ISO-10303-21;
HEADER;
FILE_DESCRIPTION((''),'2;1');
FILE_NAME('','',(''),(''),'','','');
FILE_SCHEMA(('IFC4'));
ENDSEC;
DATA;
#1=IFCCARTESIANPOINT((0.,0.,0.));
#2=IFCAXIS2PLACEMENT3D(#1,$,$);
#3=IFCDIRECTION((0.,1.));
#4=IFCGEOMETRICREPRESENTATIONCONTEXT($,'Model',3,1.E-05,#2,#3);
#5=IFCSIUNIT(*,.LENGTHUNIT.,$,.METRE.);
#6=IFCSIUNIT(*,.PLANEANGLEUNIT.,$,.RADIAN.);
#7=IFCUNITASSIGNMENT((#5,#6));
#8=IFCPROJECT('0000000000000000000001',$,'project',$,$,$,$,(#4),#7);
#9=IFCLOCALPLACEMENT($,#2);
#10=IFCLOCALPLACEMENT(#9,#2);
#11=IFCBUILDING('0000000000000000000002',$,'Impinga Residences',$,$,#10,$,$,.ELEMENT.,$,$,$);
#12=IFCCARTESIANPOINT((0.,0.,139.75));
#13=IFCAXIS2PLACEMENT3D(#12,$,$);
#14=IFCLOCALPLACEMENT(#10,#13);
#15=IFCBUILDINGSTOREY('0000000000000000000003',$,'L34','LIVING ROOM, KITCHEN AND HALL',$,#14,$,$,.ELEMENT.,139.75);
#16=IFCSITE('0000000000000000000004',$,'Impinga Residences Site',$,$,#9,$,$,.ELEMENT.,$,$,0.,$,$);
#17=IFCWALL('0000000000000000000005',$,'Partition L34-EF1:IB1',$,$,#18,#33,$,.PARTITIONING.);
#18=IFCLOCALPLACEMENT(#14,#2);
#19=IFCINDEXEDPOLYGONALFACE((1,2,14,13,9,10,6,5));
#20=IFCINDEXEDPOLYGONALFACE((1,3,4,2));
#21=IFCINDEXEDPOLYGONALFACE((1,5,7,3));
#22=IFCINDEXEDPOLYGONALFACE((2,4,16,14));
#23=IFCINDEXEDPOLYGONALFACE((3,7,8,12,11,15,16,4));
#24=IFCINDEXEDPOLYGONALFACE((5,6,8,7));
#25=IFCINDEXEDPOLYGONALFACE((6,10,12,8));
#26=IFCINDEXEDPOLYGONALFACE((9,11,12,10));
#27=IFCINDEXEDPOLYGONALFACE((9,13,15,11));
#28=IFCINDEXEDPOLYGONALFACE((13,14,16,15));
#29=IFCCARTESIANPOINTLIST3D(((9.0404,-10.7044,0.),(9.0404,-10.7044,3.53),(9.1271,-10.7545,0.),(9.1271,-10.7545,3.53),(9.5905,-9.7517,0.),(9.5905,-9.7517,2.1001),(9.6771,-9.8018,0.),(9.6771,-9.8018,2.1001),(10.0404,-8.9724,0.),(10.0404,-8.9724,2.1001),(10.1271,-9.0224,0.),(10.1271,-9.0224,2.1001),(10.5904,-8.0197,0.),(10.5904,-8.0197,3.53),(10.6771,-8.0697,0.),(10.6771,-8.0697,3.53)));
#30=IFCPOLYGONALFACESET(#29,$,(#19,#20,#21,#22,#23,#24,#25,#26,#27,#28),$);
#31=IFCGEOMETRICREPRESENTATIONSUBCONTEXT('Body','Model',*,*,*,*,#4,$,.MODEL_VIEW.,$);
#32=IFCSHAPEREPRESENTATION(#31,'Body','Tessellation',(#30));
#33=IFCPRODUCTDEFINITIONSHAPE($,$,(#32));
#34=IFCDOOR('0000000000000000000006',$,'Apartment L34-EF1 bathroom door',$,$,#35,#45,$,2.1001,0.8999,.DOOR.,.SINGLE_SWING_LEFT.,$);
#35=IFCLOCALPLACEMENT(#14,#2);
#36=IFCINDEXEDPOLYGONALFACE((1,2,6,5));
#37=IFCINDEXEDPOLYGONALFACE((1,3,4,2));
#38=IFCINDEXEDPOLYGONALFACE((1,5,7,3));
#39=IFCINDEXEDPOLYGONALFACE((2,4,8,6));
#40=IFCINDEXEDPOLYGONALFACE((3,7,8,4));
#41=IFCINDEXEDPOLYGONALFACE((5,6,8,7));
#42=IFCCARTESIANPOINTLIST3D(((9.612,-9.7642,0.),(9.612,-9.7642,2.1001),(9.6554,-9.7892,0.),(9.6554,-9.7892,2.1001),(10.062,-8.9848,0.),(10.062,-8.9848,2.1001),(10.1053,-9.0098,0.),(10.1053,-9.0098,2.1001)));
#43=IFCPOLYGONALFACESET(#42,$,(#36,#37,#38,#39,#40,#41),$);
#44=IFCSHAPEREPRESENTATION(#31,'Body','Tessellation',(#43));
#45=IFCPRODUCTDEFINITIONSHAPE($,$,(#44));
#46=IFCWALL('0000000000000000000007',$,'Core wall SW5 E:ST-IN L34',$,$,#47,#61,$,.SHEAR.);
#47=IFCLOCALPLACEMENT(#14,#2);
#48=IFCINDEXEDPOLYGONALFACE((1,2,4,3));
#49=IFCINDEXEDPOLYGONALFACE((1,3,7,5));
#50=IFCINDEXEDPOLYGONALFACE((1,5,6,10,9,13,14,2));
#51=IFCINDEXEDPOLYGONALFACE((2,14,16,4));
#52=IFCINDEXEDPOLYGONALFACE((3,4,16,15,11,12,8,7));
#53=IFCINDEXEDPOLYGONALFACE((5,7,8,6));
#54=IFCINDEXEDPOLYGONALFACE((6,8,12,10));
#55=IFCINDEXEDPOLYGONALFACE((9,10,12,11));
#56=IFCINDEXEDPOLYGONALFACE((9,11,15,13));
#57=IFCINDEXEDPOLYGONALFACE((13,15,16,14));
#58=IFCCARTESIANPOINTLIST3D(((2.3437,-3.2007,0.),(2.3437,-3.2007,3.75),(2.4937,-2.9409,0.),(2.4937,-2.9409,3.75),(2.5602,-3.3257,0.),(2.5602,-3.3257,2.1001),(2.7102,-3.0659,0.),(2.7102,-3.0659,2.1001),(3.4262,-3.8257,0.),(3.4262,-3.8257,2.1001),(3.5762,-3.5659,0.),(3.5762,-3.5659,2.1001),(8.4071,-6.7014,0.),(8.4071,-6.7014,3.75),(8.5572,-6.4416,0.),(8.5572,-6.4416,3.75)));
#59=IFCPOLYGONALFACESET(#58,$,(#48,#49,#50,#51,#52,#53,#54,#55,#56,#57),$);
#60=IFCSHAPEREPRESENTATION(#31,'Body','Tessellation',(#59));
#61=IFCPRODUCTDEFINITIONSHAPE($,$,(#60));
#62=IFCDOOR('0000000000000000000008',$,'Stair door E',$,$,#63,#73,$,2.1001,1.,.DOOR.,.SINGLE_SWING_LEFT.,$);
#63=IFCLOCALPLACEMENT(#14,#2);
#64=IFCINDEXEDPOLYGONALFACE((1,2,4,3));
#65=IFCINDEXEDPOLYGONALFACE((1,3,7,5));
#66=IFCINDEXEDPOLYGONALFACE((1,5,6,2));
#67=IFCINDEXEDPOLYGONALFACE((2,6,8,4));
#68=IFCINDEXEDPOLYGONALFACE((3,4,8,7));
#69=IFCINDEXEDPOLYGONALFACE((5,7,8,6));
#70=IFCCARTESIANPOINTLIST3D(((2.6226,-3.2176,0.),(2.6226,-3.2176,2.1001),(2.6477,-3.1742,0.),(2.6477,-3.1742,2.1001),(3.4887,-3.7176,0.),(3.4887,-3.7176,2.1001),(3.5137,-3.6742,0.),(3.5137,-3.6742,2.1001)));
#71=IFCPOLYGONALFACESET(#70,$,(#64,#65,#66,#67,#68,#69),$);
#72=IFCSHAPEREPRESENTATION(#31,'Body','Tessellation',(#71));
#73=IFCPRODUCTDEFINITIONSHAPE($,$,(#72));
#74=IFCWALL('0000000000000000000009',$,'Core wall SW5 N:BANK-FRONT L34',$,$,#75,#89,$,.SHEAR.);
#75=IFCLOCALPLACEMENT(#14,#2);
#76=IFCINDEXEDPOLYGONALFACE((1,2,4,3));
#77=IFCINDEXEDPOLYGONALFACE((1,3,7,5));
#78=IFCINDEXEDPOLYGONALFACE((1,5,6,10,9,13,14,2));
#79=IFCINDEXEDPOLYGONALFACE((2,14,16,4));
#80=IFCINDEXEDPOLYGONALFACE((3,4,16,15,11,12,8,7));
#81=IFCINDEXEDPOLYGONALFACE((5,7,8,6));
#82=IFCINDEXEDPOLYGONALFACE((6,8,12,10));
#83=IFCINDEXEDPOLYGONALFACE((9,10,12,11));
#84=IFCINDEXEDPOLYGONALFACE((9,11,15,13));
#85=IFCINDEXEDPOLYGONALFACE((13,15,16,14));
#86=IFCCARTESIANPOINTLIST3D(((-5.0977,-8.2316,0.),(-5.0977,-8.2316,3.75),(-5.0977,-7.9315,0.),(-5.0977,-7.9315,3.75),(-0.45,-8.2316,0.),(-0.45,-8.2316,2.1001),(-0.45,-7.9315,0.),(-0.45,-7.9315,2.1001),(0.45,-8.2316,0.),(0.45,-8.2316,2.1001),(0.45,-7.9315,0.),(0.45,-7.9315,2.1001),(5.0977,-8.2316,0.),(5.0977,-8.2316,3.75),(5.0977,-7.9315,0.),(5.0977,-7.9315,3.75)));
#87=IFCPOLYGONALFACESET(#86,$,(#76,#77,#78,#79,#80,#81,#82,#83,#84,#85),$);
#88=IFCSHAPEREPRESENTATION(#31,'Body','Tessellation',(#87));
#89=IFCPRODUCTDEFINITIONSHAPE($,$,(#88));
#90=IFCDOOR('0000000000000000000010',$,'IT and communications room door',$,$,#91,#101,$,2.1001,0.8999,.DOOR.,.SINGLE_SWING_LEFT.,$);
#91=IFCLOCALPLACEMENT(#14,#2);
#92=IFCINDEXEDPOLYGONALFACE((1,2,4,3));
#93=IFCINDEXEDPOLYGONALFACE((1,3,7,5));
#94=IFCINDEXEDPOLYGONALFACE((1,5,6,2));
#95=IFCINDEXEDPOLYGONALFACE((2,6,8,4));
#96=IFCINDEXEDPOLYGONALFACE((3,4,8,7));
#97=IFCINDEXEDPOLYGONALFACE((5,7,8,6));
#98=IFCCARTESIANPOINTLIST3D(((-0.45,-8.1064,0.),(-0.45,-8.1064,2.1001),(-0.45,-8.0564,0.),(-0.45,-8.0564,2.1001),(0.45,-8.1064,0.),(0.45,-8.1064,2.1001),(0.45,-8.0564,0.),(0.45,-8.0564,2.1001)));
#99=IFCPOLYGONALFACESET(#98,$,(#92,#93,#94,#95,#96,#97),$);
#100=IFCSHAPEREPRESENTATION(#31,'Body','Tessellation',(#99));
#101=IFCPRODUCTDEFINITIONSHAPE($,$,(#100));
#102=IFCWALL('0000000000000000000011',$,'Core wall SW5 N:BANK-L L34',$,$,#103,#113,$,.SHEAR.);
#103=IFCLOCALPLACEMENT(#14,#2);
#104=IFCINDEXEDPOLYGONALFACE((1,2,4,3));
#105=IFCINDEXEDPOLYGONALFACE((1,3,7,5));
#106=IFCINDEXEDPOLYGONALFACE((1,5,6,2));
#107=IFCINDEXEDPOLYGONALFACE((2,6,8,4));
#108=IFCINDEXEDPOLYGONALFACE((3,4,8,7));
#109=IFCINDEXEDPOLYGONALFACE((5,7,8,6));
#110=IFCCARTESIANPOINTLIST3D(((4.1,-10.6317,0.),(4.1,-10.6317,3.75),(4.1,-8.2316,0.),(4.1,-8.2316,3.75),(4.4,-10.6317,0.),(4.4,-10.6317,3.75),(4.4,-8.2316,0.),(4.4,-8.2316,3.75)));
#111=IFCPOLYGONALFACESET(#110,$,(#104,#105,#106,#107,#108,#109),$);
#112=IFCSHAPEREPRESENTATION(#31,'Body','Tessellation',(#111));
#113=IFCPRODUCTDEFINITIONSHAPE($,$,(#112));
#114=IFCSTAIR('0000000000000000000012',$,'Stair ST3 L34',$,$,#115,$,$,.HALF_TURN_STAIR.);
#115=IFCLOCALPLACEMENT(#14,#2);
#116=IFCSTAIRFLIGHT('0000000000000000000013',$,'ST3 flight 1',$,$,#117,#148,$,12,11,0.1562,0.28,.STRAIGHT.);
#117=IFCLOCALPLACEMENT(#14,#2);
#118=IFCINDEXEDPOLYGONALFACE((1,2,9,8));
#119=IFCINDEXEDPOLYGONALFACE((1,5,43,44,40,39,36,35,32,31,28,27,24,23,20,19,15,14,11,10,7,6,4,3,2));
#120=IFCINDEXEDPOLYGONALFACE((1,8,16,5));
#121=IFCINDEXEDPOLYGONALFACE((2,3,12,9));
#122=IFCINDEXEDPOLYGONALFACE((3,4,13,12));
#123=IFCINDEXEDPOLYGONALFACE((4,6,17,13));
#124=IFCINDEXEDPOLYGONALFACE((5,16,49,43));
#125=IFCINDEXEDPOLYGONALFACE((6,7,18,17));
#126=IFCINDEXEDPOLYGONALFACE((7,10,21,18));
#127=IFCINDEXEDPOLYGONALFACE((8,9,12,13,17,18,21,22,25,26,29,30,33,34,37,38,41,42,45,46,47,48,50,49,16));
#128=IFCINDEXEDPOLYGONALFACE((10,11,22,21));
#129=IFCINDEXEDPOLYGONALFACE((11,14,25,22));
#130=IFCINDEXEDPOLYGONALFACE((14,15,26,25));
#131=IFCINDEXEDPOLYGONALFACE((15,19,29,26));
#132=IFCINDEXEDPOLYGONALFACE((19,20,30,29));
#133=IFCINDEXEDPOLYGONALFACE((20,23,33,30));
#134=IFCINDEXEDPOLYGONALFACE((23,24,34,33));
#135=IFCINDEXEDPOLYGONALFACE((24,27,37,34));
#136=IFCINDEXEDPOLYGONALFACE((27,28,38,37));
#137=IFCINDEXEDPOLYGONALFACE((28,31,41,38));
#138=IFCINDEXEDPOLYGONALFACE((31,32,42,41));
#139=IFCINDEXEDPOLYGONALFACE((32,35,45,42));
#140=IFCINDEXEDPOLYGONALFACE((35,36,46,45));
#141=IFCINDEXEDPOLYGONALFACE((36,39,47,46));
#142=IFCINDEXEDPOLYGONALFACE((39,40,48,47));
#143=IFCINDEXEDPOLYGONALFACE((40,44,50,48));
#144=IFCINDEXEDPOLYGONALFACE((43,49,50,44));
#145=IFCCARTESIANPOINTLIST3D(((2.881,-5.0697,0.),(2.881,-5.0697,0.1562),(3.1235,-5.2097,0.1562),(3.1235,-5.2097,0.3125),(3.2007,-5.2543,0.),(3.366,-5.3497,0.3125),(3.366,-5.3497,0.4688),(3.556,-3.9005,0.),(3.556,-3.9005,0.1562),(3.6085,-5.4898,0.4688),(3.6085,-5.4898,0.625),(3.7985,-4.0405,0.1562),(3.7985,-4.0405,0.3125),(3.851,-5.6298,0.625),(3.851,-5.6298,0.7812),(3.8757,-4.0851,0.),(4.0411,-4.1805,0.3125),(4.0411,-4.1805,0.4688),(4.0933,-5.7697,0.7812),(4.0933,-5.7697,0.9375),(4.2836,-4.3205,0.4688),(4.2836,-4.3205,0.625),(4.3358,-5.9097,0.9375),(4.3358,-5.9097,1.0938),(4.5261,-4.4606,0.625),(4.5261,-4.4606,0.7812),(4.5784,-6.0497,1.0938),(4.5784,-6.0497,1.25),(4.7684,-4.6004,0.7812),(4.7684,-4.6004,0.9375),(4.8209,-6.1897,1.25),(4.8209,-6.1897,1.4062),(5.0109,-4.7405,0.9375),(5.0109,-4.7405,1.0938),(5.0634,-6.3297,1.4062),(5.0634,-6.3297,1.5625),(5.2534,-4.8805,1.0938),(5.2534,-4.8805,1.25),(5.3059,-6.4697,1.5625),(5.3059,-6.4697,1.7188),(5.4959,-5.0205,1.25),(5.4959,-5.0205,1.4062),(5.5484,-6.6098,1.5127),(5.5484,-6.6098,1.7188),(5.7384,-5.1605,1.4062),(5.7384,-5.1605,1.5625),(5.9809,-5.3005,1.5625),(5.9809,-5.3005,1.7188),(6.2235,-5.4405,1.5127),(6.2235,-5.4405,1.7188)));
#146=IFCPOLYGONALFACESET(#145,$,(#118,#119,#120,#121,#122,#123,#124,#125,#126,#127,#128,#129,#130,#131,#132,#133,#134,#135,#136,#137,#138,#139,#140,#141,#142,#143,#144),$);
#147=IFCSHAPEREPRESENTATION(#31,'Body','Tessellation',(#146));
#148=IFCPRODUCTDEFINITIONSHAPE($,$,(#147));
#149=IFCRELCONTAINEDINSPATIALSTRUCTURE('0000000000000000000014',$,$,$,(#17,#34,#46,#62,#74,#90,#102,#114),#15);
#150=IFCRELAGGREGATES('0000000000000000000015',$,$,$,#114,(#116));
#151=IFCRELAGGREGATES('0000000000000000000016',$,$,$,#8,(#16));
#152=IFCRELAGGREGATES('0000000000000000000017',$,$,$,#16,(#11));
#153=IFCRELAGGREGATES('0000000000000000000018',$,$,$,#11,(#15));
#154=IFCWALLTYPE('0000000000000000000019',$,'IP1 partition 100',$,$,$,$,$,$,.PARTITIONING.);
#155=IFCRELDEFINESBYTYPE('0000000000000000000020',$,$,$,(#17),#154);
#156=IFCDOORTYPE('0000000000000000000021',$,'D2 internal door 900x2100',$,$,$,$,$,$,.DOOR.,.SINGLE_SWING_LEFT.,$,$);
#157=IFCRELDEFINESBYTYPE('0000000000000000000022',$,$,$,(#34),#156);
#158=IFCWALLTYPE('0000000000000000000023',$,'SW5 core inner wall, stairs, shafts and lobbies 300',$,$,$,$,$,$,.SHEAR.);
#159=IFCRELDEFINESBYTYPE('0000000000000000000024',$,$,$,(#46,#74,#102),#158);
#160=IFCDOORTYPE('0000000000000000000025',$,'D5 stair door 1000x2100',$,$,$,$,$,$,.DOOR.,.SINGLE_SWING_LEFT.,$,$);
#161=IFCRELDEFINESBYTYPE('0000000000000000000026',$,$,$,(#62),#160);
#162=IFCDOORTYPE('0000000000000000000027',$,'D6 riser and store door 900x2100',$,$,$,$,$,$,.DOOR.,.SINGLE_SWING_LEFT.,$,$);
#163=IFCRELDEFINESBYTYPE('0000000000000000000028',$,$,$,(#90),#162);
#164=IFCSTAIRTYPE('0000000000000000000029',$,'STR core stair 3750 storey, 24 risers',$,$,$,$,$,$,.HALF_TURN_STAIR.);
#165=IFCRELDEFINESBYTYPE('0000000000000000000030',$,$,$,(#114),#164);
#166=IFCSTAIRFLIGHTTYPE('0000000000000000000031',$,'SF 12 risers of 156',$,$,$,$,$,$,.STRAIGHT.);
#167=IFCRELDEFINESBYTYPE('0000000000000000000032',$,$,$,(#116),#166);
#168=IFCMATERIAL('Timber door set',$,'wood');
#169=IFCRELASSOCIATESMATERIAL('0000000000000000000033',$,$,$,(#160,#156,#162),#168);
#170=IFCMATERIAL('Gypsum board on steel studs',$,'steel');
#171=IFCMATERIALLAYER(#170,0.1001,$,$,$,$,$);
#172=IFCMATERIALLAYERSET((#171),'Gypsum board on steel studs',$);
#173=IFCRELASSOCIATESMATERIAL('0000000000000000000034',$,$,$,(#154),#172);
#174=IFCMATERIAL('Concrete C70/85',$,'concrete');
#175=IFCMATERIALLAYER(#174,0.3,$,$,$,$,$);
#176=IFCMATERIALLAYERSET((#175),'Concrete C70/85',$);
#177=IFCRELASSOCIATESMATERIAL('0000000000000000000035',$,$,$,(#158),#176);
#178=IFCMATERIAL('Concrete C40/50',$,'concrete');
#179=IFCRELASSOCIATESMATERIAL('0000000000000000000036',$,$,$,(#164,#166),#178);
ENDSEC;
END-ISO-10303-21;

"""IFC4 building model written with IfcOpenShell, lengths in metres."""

from ifc_helpers import new_model, si_unit, direction, frame, frame_2d, origin, place, context, subcontext, project, spatial, polyline, rectangle, outline, extrude, material, layer, layer_set, type_object, element, fill, aggregate, save


model = new_model("IFC4")

# Units and contexts
model_context = context("Model", 3, precision=1e-05, world=origin(), true_north=direction((0.0, 1.0)))
body_context = subcontext(model_context, "Body", "Model", "MODEL_VIEW")
ifc_project = project(units=[si_unit("LENGTHUNIT", "METRE"), si_unit("PLANEANGLEUNIT", "RADIAN")], contexts=[model_context])

# Site, building, storey
site_placement = place(None, origin())
site = spatial("IfcSite", under=ifc_project, at=site_placement, Name="Impinga Residences Site", CompositionType="ELEMENT", RefElevation=0.0)
building_placement = place(site_placement, origin())
building = spatial("IfcBuilding", under=site, at=building_placement, Name="Impinga Residences", CompositionType="ELEMENT")
storey_placement = place(building_placement, frame((0.0, 0.0, 139.75)))
storey = spatial("IfcBuildingStorey", under=building, at=storey_placement, Name="L34", Description="LIVING ROOM, KITCHEN AND HALL", CompositionType="ELEMENT", Elevation=139.75)

# Shared definitions
ifc_material_1 = material(Name="Timber door set", Category="wood")
door_type_1 = type_object("IfcDoorType", Name="D5 stair door 1000x2100", OperationType="SINGLE_SWING_LEFT", PredefinedType="DOOR", material=ifc_material_1)

# Walls, openings, doors
ifc_material_2 = material(Name="Gypsum board on steel studs", Category="steel")
ifc_layer_1 = layer(ifc_material_2, 0.1001)
ifc_layer_set_1 = layer_set([ifc_layer_1], Name="Gypsum board on steel studs")
wall_type_1 = type_object("IfcWallType", Name="IP1 partition 100", PredefinedType="PARTITIONING", material=ifc_layer_set_1)
door_type_2 = type_object("IfcDoorType", Name="D2 internal door 900x2100", OperationType="SINGLE_SWING_LEFT", PredefinedType="DOOR", material=ifc_material_1)
wall_1_placement = place(storey_placement, frame((10.6338, -8.0447, 0.0), z_axis=(0.0, 0.0, 1.0), x_axis=(-0.499993, -0.86603, 0.0)))
wall_1 = element("IfcWall", 1, at=wall_1_placement, inside=storey, type_object=wall_type_1, Name="Partition L34-EF1:IB1", PredefinedType="PARTITIONING", context=body_context, shape_type="SweptSolid", body=[
    extrude(rectangle(XDim=3.1001, YDim=0.1001, at=frame_2d((1.55, 0.0))), origin(), (0.0, 0.0, 1.0), 3.53),
])
opening_1_placement = place(wall_1_placement, frame((1.1001, 0.0, 0.0)))
opening_1 = element("IfcOpeningElement", 2, at=opening_1_placement, cuts=wall_1, PredefinedType="OPENING", context=body_context, shape_type="SweptSolid", body=[
    extrude(rectangle(XDim=0.8999, YDim=2.1001, at=frame_2d((0.45, 1.05))), frame((0.0, 0.0601, 0.0), z_axis=(0.0, -1.0, 0.0), x_axis=(1.0, 0.0, 0.0)), (0.0, 0.0, 1.0), 0.1201),
])
door_1_placement = place(opening_1_placement, origin())
door_1 = element("IfcDoor", 3, at=door_1_placement, inside=storey, type_object=door_type_2, Name="Apartment L34-EF1 bathroom door", OperationType="SINGLE_SWING_LEFT", OverallHeight=2.1001, OverallWidth=0.8999, PredefinedType="DOOR", context=body_context, shape_type="SweptSolid", body=[
    extrude(rectangle(XDim=0.8999, YDim=2.1001, at=frame_2d((0.45, 1.05))), frame((0.0, 0.0249, 0.0), z_axis=(0.0, -1.0, 0.0), x_axis=(1.0, 0.0, 0.0)), (0.0, 0.0, 1.0), 0.05),
])
fill(opening_1, door_1)
ifc_material_3 = material(Name="Concrete C70/85", Category="concrete")
ifc_layer_2 = layer(ifc_material_3, 0.3)
ifc_layer_set_2 = layer_set([ifc_layer_2], Name="Concrete C70/85")
wall_type_2 = type_object("IfcWallType", Name="SW5 core inner wall, stairs, shafts and lobbies 300", PredefinedType="SHEAR", material=ifc_layer_set_2)
wall_2_placement = place(storey_placement, frame((2.4187, -3.0708, 0.0), z_axis=(0.0, 0.0, 1.0), x_axis=(0.866026, -0.499998, 0.0)))
wall_2 = element("IfcWall", 4, at=wall_2_placement, inside=storey, type_object=wall_type_2, Name="Core wall SW5 E:ST-IN L34", PredefinedType="SHEAR", context=body_context, shape_type="SweptSolid", body=[
    extrude(rectangle(XDim=7.0015, YDim=0.3, at=frame_2d((3.5007, 0.0))), origin(), (0.0, 0.0, 1.0), 3.75),
])
opening_2_placement = place(wall_2_placement, frame((0.25, 0.0, 0.0)))
opening_2 = element("IfcOpeningElement", 5, at=opening_2_placement, cuts=wall_2, PredefinedType="OPENING", context=body_context, shape_type="SweptSolid", body=[
    extrude(rectangle(XDim=1.0, YDim=2.1001, at=frame_2d((0.5, 1.05))), frame((0.0, 0.1599, 0.0), z_axis=(0.0, -1.0, 0.0), x_axis=(1.0, 0.0, 0.0)), (0.0, 0.0, 1.0), 0.3201),
])
door_2_placement = place(opening_2_placement, origin())
door_2 = element("IfcDoor", 6, at=door_2_placement, inside=storey, type_object=door_type_1, Name="Stair door E", OperationType="SINGLE_SWING_LEFT", OverallHeight=2.1001, OverallWidth=1.0, PredefinedType="DOOR", context=body_context, shape_type="SweptSolid", body=[
    extrude(rectangle(XDim=1.0, YDim=2.1001, at=frame_2d((0.5, 1.05))), frame((0.0, 0.0249, 0.0), z_axis=(0.0, -1.0, 0.0), x_axis=(1.0, 0.0, 0.0)), (0.0, 0.0, 1.0), 0.05),
])
fill(opening_2, door_2)
wall_3_placement = place(storey_placement, frame((5.0977, -8.0815, 0.0), z_axis=(0.0, 0.0, 1.0), x_axis=(-1.0, 0.0, 0.0)))
wall_3 = element("IfcWall", 7, at=wall_3_placement, inside=storey, type_object=wall_type_2, Name="Core wall SW5 N:BANK-FRONT L34", PredefinedType="SHEAR", context=body_context, shape_type="SweptSolid", body=[
    extrude(rectangle(XDim=10.1953, YDim=0.3, at=frame_2d((5.0977, 0.0))), origin(), (0.0, 0.0, 1.0), 3.75),
])
opening_3_placement = place(wall_3_placement, frame((4.6477, 0.0, 0.0)))
opening_3 = element("IfcOpeningElement", 8, at=opening_3_placement, cuts=wall_3, PredefinedType="OPENING", context=body_context, shape_type="SweptSolid", body=[
    extrude(rectangle(XDim=0.8999, YDim=2.1001, at=frame_2d((0.45, 1.05))), frame((0.0, 0.1599, 0.0), z_axis=(0.0, -1.0, 0.0), x_axis=(1.0, 0.0, 0.0)), (0.0, 0.0, 1.0), 0.3201),
])
door_type_3 = type_object("IfcDoorType", Name="D6 riser and store door 900x2100", OperationType="SINGLE_SWING_LEFT", PredefinedType="DOOR", material=ifc_material_1)
door_3_placement = place(opening_3_placement, origin())
door_3 = element("IfcDoor", 9, at=door_3_placement, inside=storey, type_object=door_type_3, Name="IT and communications room door", OperationType="SINGLE_SWING_LEFT", OverallHeight=2.1001, OverallWidth=0.8999, PredefinedType="DOOR", context=body_context, shape_type="SweptSolid", body=[
    extrude(rectangle(XDim=0.8999, YDim=2.1001, at=frame_2d((0.45, 1.05))), frame((0.0, 0.0249, 0.0), z_axis=(0.0, -1.0, 0.0), x_axis=(1.0, 0.0, 0.0)), (0.0, 0.0, 1.0), 0.05),
])
fill(opening_3, door_3)

# Wall
wall_4_placement = place(storey_placement, frame((4.25, -8.2314, 0.0), z_axis=(0.0, 0.0, 1.0), x_axis=(0.0, -1.0, 0.0)))
element("IfcWall", 10, at=wall_4_placement, inside=storey, type_object=wall_type_2, Name="Core wall SW5 N:BANK-L L34", PredefinedType="SHEAR", context=body_context, shape_type="SweptSolid", body=[
    extrude(rectangle(XDim=2.4001, YDim=0.3, at=frame_2d((1.2002, 0.0))), origin(), (0.0, 0.0, 1.0), 3.75),
])

# Stair, stair flight
ifc_material_4 = material(Name="Concrete C40/50", Category="concrete")
stair_type = type_object("IfcStairType", Name="STR core stair 3750 storey, 24 risers", PredefinedType="HALF_TURN_STAIR", material=ifc_material_4)
stair_placement = place(storey_placement, origin())
stair = element("IfcStair", 11, at=stair_placement, inside=storey, type_object=stair_type, Name="Stair ST3 L34", PredefinedType="HALF_TURN_STAIR")
stair_flight_type = type_object("IfcStairFlightType", Name="SF 12 risers of 156", PredefinedType="STRAIGHT", material=ifc_material_4)
stair_flight_1_placement = place(storey_placement, frame((3.2185, -4.4851, 0.0), z_axis=(0.0, 0.0, 1.0), x_axis=(0.866025, -0.5, 0.0)))
stair_flight_1 = element("IfcStairFlight", 12, at=stair_flight_1_placement, type_object=stair_flight_type, Name="ST3 flight 1", NumberOfRisers=12, NumberOfTreads=11, PredefinedType="STRAIGHT", RiserHeight=0.1562, TreadLength=0.28, context=body_context, shape_type="SweptSolid", body=[
    extrude(outline(polyline([(0.0, 0.0), (0.0, 0.1562), (0.28, 0.1562), (0.28, 0.3125), (0.5601, 0.3125), (0.5601, 0.4688), (0.8401, 0.4688), (0.8401, 0.625), (1.1201, 0.625), (1.1201, 0.7812), (1.3999, 0.7812), (1.3999, 0.9375), (1.6799, 0.9375), (1.6799, 1.0938), (1.96, 1.0938), (1.96, 1.25), (2.24, 1.25), (2.24, 1.4062), (2.52, 1.4062), (2.52, 1.5625), (2.8, 1.5625), (2.8, 1.7188), (3.0801, 1.7188), (3.0801, 1.875), (3.0801, 1.5127), (0.3691, 0.0), (0.0, 0.0)])), frame((0.0, 0.675, 0.0), z_axis=(0.0, -1.0, 0.0), x_axis=(1.0, 0.0, 0.0)), (0.0, 0.0, 1.0), 1.3501),
])
aggregate(stair, [stair_flight_1])

save(model, "model.ifc")
